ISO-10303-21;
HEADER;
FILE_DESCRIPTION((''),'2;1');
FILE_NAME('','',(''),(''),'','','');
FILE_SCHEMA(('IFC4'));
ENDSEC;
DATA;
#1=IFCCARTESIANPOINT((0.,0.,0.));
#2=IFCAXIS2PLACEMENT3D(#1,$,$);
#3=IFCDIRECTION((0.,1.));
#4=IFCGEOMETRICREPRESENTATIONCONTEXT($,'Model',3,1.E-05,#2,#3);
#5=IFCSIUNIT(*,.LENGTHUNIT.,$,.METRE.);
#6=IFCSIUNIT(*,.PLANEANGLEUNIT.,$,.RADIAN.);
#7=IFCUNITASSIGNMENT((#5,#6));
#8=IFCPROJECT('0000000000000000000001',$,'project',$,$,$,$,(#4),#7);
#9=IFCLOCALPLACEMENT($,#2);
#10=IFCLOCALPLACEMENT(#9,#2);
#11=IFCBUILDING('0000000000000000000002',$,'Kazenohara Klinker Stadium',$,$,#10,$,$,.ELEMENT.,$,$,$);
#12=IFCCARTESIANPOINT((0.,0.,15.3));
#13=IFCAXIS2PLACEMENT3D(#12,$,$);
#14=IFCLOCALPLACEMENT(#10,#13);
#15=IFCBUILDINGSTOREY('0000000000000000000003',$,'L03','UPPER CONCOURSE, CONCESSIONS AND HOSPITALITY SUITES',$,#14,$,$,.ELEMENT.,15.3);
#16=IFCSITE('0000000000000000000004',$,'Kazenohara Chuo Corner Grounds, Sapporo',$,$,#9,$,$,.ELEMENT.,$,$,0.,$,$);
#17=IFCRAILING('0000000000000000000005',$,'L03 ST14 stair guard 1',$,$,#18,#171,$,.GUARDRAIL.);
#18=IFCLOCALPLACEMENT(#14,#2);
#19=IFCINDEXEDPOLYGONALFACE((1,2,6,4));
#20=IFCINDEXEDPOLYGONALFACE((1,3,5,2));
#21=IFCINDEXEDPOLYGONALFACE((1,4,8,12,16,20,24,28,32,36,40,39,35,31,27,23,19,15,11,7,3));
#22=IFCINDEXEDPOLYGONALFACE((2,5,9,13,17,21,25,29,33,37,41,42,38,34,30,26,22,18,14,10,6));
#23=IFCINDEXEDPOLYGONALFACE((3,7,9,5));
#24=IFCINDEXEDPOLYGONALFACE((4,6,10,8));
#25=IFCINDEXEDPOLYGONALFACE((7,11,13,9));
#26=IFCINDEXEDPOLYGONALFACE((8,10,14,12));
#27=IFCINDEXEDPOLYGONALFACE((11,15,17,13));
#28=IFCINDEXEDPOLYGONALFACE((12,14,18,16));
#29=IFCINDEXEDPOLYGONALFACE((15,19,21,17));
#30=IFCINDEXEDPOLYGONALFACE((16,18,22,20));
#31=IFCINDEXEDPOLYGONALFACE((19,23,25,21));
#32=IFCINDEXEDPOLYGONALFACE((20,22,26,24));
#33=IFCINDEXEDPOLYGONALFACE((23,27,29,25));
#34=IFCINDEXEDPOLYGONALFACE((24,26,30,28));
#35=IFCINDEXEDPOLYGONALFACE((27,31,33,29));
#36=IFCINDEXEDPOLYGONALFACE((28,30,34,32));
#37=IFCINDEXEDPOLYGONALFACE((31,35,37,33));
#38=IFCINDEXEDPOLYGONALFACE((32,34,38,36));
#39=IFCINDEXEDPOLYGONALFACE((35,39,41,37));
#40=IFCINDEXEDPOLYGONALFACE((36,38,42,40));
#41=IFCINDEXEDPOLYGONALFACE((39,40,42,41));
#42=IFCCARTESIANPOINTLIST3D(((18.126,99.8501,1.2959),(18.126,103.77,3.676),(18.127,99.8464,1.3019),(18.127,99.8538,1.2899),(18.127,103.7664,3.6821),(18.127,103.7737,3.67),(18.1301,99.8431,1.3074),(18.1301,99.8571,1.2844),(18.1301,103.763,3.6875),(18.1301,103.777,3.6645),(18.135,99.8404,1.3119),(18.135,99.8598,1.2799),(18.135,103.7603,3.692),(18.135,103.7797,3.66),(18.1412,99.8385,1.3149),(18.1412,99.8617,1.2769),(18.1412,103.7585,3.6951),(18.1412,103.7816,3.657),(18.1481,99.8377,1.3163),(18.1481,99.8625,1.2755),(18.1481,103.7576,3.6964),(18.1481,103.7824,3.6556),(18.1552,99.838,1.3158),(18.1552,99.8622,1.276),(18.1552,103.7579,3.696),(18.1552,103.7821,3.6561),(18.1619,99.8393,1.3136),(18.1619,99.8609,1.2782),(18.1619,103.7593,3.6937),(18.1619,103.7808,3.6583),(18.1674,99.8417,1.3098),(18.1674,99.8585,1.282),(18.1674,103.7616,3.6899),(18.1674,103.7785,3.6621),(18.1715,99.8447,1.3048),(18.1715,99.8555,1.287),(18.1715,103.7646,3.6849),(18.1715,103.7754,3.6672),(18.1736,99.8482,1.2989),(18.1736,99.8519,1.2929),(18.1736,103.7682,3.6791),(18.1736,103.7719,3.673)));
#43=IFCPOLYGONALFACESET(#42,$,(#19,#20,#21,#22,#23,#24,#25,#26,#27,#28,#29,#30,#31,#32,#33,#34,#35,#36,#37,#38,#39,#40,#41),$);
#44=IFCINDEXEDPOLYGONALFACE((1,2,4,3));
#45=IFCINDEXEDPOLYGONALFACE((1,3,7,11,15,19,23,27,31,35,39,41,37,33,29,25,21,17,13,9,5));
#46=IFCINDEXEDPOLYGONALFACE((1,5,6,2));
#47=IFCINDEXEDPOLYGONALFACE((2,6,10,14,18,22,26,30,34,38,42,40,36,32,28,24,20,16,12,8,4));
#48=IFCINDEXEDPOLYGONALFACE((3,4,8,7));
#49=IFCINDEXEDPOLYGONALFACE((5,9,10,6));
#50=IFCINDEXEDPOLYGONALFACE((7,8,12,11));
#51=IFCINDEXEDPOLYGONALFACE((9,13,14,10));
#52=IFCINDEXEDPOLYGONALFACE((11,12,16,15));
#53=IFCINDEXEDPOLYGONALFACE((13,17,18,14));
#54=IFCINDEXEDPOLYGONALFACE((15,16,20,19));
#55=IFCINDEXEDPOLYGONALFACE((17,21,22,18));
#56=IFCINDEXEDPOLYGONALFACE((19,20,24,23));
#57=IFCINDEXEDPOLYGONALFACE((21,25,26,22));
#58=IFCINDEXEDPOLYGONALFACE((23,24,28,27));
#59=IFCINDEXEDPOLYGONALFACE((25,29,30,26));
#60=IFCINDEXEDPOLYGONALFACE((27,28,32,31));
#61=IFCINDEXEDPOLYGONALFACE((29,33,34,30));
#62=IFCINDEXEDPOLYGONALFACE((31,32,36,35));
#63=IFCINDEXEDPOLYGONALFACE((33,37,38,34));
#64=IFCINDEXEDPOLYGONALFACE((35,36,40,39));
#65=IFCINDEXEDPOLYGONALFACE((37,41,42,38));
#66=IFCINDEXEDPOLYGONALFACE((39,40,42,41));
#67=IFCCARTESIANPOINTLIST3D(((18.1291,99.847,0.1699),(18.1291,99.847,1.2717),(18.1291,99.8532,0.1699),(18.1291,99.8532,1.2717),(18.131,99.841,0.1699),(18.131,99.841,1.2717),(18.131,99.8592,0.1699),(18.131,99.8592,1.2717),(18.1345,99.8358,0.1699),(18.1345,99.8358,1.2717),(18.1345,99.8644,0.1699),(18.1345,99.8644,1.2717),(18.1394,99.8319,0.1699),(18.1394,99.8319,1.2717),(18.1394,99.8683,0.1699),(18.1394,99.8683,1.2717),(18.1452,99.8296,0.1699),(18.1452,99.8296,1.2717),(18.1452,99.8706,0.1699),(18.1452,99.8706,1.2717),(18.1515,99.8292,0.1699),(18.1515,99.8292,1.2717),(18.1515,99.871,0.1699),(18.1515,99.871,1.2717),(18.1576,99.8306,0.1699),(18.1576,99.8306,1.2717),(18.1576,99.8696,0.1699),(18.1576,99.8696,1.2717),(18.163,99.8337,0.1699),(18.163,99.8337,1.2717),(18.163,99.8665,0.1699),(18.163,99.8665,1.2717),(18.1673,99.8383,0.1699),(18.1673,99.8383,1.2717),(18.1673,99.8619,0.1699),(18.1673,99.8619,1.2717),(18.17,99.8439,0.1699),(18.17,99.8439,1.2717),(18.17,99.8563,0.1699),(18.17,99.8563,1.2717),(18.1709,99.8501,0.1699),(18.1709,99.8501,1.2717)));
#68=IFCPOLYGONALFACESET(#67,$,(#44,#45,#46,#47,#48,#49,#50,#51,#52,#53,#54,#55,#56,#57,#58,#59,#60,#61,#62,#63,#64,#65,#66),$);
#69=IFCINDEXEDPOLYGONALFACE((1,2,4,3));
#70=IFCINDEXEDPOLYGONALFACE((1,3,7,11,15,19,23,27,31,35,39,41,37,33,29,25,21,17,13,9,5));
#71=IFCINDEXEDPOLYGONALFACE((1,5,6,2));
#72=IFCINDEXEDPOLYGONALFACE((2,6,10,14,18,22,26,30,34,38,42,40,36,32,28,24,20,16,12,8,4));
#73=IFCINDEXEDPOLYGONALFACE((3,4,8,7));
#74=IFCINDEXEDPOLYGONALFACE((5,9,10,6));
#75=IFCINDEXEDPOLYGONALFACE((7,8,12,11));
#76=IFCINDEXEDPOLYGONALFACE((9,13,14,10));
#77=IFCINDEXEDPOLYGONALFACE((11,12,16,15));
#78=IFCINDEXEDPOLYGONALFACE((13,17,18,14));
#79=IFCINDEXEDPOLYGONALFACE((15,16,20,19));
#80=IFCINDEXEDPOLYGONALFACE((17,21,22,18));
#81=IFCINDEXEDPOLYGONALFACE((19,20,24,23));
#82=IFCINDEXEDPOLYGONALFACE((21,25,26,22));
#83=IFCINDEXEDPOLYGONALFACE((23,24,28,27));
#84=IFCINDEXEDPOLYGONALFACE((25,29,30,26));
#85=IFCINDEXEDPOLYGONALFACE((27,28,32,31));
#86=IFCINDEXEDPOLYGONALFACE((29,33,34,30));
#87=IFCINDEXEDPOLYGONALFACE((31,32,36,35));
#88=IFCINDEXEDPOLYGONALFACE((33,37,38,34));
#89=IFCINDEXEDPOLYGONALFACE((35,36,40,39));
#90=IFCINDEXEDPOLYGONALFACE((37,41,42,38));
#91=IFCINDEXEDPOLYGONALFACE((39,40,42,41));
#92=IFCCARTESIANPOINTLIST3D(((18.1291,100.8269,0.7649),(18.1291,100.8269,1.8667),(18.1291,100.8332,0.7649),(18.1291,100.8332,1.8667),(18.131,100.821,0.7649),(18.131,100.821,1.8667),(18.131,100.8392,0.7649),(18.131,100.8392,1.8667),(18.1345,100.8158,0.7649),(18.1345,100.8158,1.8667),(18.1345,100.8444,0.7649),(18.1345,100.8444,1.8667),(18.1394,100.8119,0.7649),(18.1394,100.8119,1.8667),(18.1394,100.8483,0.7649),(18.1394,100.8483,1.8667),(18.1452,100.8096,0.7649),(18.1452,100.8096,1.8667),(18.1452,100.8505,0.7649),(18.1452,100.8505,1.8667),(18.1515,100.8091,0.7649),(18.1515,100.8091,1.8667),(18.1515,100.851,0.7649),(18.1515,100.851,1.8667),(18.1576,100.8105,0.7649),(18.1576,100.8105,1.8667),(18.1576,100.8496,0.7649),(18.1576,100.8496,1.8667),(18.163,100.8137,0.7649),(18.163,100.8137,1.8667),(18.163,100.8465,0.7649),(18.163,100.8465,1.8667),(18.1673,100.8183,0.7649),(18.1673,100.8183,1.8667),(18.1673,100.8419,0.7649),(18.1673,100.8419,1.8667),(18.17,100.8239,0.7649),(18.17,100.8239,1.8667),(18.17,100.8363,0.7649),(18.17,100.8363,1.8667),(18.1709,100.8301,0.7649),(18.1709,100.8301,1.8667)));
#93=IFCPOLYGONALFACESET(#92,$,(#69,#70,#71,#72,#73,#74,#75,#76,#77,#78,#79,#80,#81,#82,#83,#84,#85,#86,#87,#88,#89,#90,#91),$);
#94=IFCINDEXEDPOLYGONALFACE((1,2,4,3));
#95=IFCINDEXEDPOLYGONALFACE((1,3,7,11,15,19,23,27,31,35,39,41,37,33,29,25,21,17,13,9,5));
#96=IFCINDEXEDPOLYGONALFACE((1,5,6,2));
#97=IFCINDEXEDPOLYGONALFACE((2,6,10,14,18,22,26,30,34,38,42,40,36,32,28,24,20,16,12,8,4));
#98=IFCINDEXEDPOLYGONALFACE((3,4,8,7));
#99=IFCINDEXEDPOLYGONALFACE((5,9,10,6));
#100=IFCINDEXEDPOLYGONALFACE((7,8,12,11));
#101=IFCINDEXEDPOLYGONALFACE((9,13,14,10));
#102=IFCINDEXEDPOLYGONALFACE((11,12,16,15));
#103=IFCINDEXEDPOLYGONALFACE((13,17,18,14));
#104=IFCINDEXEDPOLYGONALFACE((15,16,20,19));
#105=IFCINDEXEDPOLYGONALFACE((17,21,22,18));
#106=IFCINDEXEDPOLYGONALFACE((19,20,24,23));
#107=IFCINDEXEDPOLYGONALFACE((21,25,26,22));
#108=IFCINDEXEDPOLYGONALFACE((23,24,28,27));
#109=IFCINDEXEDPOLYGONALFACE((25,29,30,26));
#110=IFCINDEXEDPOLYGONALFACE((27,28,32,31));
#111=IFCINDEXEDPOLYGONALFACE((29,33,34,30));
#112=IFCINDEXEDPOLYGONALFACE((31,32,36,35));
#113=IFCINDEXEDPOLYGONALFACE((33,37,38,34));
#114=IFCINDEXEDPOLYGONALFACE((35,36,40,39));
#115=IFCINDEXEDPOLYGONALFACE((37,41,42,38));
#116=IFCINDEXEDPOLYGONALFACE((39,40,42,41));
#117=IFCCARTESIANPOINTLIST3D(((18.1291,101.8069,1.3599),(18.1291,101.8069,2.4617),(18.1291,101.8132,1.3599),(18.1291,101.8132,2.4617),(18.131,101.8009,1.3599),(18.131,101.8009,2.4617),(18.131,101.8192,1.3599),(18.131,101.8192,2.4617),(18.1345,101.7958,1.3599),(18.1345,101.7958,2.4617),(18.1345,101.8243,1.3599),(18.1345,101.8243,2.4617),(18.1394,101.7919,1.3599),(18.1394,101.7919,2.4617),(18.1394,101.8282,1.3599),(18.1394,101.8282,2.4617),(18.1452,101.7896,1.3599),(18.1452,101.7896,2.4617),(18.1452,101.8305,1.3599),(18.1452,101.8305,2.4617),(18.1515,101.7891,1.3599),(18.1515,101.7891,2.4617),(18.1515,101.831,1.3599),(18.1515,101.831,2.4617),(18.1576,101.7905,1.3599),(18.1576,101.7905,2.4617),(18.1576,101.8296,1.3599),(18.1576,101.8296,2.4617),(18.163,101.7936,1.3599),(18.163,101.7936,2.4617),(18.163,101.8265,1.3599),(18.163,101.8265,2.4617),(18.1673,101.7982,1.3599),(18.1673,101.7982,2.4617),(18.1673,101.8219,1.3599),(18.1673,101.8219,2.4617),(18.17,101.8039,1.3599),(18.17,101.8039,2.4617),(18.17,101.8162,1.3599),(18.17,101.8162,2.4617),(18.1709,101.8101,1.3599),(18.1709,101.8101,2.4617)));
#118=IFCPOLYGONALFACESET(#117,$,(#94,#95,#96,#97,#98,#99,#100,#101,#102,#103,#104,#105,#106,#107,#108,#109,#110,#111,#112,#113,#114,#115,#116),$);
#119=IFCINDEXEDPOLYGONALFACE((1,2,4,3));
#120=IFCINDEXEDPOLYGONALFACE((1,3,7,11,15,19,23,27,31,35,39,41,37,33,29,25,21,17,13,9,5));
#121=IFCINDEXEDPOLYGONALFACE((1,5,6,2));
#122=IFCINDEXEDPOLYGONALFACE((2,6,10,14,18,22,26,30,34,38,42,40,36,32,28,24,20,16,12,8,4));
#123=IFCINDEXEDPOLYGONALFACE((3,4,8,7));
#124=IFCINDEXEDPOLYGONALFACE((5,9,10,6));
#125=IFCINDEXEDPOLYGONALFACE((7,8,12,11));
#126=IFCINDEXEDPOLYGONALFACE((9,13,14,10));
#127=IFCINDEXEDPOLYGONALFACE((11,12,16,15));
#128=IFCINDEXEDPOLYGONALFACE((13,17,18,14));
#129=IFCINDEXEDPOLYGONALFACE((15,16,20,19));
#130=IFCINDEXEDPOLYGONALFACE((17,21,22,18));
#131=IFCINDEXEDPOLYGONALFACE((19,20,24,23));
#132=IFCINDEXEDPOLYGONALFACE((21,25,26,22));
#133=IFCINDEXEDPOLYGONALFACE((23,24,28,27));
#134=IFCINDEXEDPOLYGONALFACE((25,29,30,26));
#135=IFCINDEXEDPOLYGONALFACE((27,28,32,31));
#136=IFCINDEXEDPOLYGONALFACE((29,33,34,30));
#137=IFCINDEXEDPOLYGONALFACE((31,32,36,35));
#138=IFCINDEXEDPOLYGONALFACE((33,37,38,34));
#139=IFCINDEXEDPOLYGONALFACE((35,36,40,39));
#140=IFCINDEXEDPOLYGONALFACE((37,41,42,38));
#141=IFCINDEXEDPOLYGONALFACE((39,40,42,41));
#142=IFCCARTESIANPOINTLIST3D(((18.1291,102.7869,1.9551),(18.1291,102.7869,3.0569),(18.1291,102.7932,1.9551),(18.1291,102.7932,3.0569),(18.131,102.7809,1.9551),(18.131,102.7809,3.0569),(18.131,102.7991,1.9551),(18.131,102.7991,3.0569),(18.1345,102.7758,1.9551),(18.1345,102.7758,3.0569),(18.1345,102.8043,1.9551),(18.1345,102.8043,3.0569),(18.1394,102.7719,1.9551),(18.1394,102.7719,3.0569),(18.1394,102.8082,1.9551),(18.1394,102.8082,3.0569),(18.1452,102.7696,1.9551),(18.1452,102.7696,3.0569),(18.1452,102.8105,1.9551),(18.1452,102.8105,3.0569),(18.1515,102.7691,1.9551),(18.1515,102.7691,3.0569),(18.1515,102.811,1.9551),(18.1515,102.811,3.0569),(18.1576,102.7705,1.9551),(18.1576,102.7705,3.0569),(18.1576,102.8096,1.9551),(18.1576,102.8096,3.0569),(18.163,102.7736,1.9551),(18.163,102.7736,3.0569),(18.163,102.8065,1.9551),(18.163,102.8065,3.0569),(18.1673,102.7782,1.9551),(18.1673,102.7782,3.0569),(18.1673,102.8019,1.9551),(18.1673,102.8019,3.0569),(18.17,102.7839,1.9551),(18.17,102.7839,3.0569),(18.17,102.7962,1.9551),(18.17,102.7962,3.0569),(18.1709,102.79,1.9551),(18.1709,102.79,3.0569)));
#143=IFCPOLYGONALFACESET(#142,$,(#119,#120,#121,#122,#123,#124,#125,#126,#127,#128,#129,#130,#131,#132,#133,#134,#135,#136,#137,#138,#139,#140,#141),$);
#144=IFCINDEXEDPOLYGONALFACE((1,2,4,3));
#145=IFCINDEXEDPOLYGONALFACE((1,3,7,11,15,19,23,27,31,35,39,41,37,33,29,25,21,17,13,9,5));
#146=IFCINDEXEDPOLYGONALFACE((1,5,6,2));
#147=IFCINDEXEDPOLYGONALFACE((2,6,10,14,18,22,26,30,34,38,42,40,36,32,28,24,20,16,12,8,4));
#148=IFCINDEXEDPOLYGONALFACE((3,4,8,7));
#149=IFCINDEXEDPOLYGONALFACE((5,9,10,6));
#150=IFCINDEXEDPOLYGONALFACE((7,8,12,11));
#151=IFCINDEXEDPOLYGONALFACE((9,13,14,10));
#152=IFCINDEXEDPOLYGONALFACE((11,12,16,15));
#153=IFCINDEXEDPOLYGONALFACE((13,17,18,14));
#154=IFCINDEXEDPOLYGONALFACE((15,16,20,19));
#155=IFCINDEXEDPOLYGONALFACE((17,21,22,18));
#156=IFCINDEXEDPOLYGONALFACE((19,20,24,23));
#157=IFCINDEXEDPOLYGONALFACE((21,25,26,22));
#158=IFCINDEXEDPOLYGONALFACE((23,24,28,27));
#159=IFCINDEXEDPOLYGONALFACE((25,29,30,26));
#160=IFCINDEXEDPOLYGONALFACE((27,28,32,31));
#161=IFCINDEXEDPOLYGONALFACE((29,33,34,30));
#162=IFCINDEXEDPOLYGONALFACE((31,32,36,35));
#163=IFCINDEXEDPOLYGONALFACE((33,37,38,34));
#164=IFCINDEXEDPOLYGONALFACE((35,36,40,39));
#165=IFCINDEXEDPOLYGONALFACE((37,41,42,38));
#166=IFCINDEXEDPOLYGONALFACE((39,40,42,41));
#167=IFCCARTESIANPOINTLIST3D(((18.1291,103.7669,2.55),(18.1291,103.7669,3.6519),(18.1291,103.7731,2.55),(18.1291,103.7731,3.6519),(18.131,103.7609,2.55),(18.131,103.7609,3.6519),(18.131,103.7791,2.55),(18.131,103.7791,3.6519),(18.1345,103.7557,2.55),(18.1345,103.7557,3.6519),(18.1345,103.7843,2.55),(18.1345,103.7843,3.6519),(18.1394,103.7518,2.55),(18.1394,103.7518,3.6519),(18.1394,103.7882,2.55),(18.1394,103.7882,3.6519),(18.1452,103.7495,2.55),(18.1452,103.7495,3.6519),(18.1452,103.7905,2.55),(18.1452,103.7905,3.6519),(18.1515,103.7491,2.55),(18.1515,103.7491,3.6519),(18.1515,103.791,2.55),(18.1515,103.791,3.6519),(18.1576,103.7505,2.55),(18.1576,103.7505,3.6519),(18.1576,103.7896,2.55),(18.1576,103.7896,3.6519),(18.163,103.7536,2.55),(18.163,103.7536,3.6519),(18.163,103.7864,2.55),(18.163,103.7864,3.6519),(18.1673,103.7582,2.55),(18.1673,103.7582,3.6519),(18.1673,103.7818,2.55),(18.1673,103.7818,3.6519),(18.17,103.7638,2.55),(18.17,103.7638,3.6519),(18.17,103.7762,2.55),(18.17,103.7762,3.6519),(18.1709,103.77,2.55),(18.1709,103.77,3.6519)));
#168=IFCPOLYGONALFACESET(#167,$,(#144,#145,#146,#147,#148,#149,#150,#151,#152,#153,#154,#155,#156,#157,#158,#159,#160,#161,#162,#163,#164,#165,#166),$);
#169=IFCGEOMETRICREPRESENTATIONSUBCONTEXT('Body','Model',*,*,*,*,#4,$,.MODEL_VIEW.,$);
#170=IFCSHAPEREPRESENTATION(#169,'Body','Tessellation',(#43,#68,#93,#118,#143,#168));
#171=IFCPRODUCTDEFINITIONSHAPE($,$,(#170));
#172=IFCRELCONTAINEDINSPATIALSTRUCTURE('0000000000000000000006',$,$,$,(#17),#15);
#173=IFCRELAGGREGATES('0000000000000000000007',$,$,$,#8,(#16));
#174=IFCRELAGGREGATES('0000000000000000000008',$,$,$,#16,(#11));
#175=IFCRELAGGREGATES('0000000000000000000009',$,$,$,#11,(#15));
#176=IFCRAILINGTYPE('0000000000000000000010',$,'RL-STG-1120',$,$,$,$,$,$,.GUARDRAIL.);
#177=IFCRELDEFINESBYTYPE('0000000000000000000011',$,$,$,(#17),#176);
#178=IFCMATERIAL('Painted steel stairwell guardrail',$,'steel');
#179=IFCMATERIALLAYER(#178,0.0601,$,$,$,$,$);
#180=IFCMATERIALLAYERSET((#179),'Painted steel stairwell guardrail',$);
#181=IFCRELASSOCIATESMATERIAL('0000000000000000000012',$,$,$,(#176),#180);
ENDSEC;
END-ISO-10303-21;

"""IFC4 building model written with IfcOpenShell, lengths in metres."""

from ifc_helpers import new_model, si_unit, direction, frame, origin, origin_2d, place, context, subcontext, project, spatial, circle, extrude, material, layer, layer_set, type_object, element, save


model = new_model("IFC4")

# Units and contexts
model_context = context("Model", 3, precision=1e-05, world=origin(), true_north=direction((0.0, 1.0)))
body_context = subcontext(model_context, "Body", "Model", "MODEL_VIEW")
ifc_project = project(units=[si_unit("LENGTHUNIT", "METRE"), si_unit("PLANEANGLEUNIT", "RADIAN")], contexts=[model_context])

# Site, building, storey
site_placement = place(None, origin())
site = spatial("IfcSite", under=ifc_project, at=site_placement, Name="Kazenohara Chuo Corner Grounds, Sapporo", CompositionType="ELEMENT", RefElevation=0.0)
building_placement = place(site_placement, origin())
building = spatial("IfcBuilding", under=site, at=building_placement, Name="Kazenohara Klinker Stadium", CompositionType="ELEMENT")
storey_placement = place(building_placement, frame((0.0, 0.0, 15.3)))
storey = spatial("IfcBuildingStorey", under=building, at=storey_placement, Name="L03", Description="UPPER CONCOURSE, CONCESSIONS AND HOSPITALITY SUITES", CompositionType="ELEMENT", Elevation=15.3)

# Railing
ifc_material_1 = material(Name="Painted steel stairwell guardrail", Category="steel")
ifc_layer_1 = layer(ifc_material_1, 0.0601)
ifc_layer_set_1 = layer_set([ifc_layer_1], Name="Painted steel stairwell guardrail")
railing_type_1 = type_object("IfcRailingType", Name="RL-STG-1120", PredefinedType="GUARDRAIL", material=ifc_layer_set_1)
railing_1_placement = place(storey_placement, frame((18.1499, 99.8501, 0.1699)))
element("IfcRailing", 1, at=railing_1_placement, inside=storey, type_object=railing_type_1, Name="L03 ST14 stair guard 1", PredefinedType="GUARDRAIL", context=body_context, shape_type="SweptSolid", body=[
    extrude(circle(Radius=0.0239, at=origin_2d()), frame((0.0, 0.0, 1.126), z_axis=(0.0, 0.854771, 0.519006), x_axis=(-1.0, 0.0, 0.0)), (0.0, 0.0, 1.0), 4.5859),
    extrude(circle(Radius=0.021, at=origin_2d()), origin(), (0.0, 0.0, 1.0), 1.1018),
    extrude(circle(Radius=0.021, at=origin_2d()), frame((0.0, 0.98, 0.595)), (0.0, 0.0, 1.0), 1.1018),
    extrude(circle(Radius=0.021, at=origin_2d()), frame((0.0, 1.96, 1.1899)), (0.0, 0.0, 1.0), 1.1018),
    extrude(circle(Radius=0.021, at=origin_2d()), frame((0.0, 2.9399, 1.7852)), (0.0, 0.0, 1.0), 1.1018),
    extrude(circle(Radius=0.021, at=origin_2d()), frame((0.0, 3.9199, 2.3801)), (0.0, 0.0, 1.0), 1.1018),
])

save(model, "model.ifc")
